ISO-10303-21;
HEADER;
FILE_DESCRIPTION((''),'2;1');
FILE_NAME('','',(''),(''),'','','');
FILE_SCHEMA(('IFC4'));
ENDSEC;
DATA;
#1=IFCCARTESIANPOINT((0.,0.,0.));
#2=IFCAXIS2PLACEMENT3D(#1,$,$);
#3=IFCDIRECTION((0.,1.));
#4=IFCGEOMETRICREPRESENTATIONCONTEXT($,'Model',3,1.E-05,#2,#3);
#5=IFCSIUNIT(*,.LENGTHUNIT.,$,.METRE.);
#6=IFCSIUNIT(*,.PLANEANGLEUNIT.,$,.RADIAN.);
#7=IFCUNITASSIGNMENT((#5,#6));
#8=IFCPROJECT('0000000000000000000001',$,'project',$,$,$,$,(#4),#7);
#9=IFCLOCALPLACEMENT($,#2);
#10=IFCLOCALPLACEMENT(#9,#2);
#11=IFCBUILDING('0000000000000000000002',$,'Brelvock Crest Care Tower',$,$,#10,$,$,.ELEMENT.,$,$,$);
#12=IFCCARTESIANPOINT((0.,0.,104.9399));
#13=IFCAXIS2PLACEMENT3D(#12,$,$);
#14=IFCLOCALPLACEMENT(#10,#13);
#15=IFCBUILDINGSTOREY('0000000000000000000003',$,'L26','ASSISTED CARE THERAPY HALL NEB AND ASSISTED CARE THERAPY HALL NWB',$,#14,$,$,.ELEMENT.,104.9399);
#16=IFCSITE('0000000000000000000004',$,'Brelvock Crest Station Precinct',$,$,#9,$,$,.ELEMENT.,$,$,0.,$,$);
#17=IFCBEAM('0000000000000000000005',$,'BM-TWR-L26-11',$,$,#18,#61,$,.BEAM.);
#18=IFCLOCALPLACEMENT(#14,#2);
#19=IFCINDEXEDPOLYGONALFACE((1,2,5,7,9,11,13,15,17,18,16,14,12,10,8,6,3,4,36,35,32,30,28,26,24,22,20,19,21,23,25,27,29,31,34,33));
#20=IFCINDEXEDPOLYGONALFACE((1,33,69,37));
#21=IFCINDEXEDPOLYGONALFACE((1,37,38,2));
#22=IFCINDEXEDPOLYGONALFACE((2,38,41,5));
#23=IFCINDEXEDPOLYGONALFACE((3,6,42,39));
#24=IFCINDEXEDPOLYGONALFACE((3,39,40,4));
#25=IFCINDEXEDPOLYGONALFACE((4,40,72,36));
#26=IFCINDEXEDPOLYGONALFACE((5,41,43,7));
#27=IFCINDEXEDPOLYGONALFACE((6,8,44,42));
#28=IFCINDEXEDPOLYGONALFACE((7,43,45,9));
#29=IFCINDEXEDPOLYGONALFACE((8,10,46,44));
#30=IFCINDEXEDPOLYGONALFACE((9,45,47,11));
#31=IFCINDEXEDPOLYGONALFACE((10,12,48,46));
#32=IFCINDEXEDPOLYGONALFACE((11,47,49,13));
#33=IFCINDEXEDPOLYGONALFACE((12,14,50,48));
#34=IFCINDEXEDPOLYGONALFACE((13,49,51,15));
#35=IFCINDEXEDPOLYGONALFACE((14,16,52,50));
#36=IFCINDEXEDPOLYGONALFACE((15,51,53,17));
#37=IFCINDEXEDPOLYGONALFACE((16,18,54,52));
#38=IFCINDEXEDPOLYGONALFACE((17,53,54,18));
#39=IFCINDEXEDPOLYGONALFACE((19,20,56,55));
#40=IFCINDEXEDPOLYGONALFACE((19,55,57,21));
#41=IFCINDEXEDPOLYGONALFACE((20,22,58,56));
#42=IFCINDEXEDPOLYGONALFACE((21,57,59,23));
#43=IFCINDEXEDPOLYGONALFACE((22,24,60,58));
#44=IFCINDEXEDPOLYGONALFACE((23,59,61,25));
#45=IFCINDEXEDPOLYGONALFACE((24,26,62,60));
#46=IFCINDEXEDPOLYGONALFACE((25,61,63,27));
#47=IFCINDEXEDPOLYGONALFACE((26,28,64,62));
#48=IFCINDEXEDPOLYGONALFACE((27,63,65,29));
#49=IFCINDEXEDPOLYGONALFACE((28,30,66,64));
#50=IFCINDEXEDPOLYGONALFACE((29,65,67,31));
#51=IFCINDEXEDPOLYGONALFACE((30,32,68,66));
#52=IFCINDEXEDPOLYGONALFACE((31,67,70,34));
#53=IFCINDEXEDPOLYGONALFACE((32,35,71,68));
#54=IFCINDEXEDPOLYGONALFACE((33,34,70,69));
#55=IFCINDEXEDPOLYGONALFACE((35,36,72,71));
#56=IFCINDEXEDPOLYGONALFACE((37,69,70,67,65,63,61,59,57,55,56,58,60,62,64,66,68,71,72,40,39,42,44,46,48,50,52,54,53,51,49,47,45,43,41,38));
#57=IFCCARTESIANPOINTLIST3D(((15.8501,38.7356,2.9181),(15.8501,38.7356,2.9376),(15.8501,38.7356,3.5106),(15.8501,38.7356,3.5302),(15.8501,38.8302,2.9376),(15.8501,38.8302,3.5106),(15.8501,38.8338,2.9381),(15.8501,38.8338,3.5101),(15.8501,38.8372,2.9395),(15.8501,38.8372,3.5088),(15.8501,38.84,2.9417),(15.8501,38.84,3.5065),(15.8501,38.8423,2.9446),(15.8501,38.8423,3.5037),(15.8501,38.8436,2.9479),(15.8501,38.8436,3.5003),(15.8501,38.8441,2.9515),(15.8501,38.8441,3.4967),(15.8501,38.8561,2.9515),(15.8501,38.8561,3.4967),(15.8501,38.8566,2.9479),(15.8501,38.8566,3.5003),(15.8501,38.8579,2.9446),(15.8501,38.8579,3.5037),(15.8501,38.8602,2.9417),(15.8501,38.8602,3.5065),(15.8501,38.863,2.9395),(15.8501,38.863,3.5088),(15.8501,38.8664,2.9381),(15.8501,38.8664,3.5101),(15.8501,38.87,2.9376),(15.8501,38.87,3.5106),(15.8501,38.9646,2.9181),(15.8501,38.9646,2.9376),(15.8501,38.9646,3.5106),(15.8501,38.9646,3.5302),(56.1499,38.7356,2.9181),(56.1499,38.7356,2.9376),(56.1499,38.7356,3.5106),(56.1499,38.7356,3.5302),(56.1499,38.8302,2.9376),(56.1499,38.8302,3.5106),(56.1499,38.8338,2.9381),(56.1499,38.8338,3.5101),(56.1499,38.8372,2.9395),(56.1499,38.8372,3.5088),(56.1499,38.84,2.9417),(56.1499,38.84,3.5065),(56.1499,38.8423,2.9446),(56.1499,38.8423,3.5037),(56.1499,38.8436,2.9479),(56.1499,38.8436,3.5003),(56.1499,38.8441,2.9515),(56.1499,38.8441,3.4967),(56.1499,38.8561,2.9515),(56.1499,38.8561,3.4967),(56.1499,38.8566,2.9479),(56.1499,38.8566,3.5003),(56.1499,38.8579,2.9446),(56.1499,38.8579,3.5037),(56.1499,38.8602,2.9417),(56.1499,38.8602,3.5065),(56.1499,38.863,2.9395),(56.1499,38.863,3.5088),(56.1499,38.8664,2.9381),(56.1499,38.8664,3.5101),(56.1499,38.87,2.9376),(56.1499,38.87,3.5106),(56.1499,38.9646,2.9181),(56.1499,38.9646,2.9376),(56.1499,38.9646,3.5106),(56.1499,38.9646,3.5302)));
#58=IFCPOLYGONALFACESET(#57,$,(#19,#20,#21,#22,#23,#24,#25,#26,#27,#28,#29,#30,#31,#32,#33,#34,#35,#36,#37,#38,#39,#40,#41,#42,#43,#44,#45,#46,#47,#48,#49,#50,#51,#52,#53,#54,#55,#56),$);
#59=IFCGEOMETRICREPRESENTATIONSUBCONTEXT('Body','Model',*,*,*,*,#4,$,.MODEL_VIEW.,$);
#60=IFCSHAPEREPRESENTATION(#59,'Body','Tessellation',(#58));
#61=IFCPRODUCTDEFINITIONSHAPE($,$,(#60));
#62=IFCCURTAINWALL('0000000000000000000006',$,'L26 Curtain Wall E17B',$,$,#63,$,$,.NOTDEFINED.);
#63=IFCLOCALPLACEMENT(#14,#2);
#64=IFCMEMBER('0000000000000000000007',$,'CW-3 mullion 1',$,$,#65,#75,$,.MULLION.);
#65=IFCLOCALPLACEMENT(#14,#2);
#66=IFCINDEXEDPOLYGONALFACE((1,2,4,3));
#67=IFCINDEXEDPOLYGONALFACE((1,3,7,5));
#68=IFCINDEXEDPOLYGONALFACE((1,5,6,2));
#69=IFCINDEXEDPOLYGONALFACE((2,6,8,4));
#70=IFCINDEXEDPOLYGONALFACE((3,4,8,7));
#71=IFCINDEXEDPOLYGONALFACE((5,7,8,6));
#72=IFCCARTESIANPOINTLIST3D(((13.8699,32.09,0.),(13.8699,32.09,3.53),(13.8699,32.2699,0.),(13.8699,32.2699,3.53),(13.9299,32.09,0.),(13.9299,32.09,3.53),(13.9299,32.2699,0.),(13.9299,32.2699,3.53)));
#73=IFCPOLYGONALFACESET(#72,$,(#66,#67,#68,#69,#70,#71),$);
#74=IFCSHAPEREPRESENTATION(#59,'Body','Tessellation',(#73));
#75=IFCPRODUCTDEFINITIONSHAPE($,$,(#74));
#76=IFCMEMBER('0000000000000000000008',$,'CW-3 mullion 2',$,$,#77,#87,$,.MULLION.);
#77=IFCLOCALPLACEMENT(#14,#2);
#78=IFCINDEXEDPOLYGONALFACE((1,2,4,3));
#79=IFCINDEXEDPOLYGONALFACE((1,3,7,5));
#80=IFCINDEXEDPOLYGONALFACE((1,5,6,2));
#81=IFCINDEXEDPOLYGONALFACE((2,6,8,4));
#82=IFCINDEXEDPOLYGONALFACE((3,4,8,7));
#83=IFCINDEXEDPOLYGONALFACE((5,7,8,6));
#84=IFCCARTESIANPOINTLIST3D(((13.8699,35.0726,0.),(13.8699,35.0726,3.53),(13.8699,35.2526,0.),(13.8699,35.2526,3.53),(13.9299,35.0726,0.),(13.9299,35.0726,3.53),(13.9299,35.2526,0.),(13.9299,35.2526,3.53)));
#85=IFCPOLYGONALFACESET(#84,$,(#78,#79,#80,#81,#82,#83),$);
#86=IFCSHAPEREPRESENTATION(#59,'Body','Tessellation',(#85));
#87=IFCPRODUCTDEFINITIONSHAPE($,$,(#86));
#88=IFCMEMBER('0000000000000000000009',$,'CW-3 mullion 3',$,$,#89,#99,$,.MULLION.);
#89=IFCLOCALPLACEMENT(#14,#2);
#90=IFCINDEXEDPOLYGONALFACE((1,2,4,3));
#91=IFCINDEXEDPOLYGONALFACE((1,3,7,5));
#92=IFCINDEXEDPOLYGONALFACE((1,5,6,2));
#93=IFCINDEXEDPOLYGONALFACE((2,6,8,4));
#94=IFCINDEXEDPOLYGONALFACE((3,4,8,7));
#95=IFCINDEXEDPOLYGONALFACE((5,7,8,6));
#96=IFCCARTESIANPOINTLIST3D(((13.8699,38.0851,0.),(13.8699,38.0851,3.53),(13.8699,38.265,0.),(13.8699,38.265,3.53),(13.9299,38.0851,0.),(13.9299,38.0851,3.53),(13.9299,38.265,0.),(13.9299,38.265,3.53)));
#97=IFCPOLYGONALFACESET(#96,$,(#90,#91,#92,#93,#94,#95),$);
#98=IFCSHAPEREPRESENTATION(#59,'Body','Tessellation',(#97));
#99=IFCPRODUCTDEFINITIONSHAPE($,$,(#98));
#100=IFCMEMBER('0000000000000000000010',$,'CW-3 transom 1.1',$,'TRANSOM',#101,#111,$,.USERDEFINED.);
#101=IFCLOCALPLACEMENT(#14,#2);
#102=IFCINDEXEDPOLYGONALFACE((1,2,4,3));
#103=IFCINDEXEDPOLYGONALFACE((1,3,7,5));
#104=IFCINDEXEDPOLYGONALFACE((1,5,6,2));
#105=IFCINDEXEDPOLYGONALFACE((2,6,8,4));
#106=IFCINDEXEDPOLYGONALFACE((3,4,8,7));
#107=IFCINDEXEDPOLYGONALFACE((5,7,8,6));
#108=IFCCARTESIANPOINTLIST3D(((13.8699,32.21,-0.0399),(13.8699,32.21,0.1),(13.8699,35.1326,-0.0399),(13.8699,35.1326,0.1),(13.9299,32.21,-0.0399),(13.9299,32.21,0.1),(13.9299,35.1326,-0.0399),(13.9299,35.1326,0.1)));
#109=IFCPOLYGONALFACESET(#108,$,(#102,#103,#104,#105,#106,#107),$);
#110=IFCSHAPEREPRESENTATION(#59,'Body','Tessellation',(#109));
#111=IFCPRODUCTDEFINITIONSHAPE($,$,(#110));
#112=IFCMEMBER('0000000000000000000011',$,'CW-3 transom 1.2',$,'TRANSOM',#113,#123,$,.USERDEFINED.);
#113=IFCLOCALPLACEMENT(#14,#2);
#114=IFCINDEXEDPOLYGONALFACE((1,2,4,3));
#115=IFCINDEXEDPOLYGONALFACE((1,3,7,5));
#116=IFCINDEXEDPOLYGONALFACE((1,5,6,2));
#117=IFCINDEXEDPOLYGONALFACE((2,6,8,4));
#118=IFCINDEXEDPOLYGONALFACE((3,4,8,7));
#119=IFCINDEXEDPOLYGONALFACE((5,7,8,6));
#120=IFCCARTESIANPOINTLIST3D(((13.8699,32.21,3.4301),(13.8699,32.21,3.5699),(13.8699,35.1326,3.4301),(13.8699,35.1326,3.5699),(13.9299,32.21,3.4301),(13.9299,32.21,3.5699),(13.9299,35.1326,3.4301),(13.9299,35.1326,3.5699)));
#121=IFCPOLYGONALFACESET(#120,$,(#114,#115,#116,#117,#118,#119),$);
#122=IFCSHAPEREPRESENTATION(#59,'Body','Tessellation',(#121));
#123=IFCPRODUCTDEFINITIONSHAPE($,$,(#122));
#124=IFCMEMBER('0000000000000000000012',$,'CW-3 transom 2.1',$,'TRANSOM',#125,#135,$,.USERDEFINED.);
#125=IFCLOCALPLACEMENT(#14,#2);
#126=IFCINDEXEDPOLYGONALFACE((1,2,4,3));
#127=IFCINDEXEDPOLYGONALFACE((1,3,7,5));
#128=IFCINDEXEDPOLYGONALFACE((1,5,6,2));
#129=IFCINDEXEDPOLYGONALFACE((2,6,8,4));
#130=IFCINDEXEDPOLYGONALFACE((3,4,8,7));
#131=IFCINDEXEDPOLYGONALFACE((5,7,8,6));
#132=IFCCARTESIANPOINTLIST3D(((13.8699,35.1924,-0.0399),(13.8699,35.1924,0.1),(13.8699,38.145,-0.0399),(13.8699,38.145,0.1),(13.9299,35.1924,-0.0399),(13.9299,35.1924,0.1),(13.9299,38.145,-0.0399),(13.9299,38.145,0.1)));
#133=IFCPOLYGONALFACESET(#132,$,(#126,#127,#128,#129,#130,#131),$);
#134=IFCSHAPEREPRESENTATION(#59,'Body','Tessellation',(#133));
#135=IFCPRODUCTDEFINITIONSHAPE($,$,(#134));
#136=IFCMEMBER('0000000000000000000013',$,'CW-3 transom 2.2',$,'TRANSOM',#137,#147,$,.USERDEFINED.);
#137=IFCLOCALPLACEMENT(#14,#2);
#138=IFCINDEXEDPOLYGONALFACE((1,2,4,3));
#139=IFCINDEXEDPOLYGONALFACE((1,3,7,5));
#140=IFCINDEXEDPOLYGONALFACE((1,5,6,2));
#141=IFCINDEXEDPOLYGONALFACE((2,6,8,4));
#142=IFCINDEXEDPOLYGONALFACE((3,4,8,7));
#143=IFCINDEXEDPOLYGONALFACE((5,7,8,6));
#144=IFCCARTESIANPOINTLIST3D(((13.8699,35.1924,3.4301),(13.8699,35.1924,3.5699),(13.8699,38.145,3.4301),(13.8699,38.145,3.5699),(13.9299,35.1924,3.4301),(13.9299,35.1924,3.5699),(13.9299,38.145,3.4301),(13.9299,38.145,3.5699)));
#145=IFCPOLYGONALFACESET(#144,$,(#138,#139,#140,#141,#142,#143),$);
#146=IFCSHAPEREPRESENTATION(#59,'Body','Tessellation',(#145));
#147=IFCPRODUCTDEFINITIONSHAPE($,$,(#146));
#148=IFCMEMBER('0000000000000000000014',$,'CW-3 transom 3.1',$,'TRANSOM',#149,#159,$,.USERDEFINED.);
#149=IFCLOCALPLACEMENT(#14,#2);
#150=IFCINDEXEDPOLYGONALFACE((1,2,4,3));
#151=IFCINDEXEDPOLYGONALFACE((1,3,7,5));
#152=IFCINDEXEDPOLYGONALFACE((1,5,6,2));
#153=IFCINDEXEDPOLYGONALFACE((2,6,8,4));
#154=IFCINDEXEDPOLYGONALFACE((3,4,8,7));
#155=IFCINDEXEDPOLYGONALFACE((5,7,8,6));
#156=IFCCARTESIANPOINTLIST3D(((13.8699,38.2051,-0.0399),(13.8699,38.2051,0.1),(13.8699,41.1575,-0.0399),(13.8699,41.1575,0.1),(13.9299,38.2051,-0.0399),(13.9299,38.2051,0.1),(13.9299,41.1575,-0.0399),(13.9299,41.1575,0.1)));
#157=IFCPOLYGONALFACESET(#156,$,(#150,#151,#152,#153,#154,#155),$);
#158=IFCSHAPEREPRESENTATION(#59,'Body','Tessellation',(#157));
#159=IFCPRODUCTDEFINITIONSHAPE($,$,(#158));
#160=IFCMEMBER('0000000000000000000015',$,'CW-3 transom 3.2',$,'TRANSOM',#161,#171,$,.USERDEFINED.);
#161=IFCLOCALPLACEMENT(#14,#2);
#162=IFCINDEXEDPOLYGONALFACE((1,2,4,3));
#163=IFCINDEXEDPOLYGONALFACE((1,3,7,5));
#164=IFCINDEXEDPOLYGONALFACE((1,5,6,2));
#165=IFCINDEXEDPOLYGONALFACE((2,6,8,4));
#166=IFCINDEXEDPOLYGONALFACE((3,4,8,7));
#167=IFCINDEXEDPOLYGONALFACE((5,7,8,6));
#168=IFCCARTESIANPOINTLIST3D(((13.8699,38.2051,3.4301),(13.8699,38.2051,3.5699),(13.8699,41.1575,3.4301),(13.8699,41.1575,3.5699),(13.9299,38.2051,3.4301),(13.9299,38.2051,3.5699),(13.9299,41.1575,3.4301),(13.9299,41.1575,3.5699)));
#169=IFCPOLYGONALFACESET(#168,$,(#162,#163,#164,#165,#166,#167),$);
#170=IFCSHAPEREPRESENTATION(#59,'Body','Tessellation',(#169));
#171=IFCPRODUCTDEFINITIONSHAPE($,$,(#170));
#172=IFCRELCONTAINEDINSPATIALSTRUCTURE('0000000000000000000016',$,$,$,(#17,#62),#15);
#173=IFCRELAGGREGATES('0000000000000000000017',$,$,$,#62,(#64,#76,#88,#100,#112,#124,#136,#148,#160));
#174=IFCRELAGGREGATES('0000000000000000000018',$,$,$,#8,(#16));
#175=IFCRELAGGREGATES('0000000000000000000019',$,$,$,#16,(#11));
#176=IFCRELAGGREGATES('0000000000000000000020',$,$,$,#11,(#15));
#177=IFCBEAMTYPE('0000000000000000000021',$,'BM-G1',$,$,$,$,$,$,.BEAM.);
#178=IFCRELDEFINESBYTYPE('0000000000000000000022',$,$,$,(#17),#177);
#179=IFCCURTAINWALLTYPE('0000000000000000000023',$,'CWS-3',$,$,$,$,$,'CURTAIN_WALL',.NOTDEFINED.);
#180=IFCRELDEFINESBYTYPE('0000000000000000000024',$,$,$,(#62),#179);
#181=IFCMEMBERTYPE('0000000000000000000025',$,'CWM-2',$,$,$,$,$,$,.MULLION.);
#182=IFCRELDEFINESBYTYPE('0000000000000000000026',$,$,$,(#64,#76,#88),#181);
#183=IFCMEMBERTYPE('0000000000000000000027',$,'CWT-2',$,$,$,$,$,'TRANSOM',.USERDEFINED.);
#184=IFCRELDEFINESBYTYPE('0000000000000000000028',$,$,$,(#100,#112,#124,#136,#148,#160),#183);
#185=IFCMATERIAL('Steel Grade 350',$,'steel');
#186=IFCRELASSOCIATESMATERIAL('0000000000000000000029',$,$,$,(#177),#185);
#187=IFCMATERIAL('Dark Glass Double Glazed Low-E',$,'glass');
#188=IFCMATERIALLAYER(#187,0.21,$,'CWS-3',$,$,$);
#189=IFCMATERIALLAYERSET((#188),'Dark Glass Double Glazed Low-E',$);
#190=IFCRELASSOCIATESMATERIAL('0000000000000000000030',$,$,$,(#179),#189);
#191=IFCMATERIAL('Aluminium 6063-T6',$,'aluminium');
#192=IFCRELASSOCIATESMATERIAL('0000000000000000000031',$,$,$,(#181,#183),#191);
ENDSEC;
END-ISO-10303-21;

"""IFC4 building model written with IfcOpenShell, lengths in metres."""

from ifc_helpers import new_model, si_unit, direction, frame, origin, origin_2d, place, context, subcontext, project, spatial, rectangle, i_section, extrude, source, transform, mapped, material, layer, layer_set, material_profile, profile_set, type_object, element, aggregate, save


model = new_model("IFC4")

# Units and contexts
model_context = context("Model", 3, precision=1e-05, world=origin(), true_north=direction((0.0, 1.0)))
body_context = subcontext(model_context, "Body", "Model", "MODEL_VIEW")
ifc_project = project(units=[si_unit("LENGTHUNIT", "METRE"), si_unit("PLANEANGLEUNIT", "RADIAN")], contexts=[model_context])

# Site, building, storey
site_placement = place(None, origin())
site = spatial("IfcSite", under=ifc_project, at=site_placement, Name="Brelvock Crest Station Precinct", CompositionType="ELEMENT", RefElevation=0.0)
building_placement = place(site_placement, origin())
building = spatial("IfcBuilding", under=site, at=building_placement, Name="Brelvock Crest Care Tower", CompositionType="ELEMENT")
storey_placement = place(building_placement, frame((0.0, 0.0, 104.9399)))
storey = spatial("IfcBuildingStorey", under=building, at=storey_placement, Name="L26", Description="ASSISTED CARE THERAPY HALL NEB AND ASSISTED CARE THERAPY HALL NWB", CompositionType="ELEMENT", Elevation=104.9399)

# Shared definitions
ifc_material_1 = material(Name="Steel Grade 350", Category="steel")

# Beam
ifc_material_profile_1 = material_profile(ifc_material_1, i_section(OverallWidth=0.229, OverallDepth=0.6121, WebThickness=0.012, FlangeThickness=0.0195, FilletRadius=0.0139, at=origin_2d()), Name="610UB125")
ifc_profile_set_1 = profile_set([ifc_material_profile_1], Name="Steel Grade 350")
beam_type_1 = type_object("IfcBeamType", Name="BM-G1", PredefinedType="BEAM", material=ifc_profile_set_1)
shared_shape_1 = source(origin(), body_context, "Body", "SweptSolid", [
    extrude(i_section(OverallWidth=0.229, OverallDepth=0.6121, WebThickness=0.012, FlangeThickness=0.0195, FilletRadius=0.0139, at=origin_2d()), origin(), (0.0, 0.0, 1.0), 40.2998),
])
beam_1_placement = place(storey_placement, frame((15.8501, 38.8501, 3.2241), z_axis=(1.0, 0.0, 0.0), x_axis=(0.0, 1.0, 0.0)))
element("IfcBeam", 1, at=beam_1_placement, inside=storey, type_object=beam_type_1, Name="BM-TWR-L26-11", PredefinedType="BEAM", context=body_context, shape_type="MappedRepresentation", body=[
    mapped(shared_shape_1, transform((0.0, 0.0, 0.0), x_axis=(1.0, 0.0, 0.0), y_axis=(0.0, 1.0, 0.0), z_axis=(0.0, 0.0, 1.0), scale=1.0)),
])

# Curtain wall, members
ifc_material_2 = material(Name="Dark Glass Double Glazed Low-E", Category="glass")
ifc_layer_1 = layer(ifc_material_2, 0.21, Name="CWS-3")
ifc_layer_set_1 = layer_set([ifc_layer_1], Name="Dark Glass Double Glazed Low-E")
curtain_wall_type = type_object("IfcCurtainWallType", Name="CWS-3", ElementType="CURTAIN_WALL", PredefinedType="NOTDEFINED", material=ifc_layer_set_1)
curtain_wall_placement = place(storey_placement, origin())
curtain_wall = element("IfcCurtainWall", 2, at=curtain_wall_placement, inside=storey, type_object=curtain_wall_type, Name="L26 Curtain Wall E17B", PredefinedType="NOTDEFINED")
ifc_material_3 = material(Name="Aluminium 6063-T6", Category="aluminium")
ifc_material_profile_2 = material_profile(ifc_material_3, rectangle(XDim=0.0601, YDim=0.1799, at=origin_2d()), Name="ALU60x180")
ifc_profile_set_2 = profile_set([ifc_material_profile_2], Name="Aluminium 6063-T6")
member_type_1 = type_object("IfcMemberType", Name="CWM-2", PredefinedType="MULLION", material=ifc_profile_set_2)
shared_shape_2 = source(origin(), body_context, "Body", "SweptSolid", [
    extrude(rectangle(XDim=0.0601, YDim=0.1799, at=origin_2d()), origin(), (0.0, 0.0, 1.0), 3.53),
])
member_1_placement = place(storey_placement, frame((13.8999, 32.1799, 0.0), z_axis=(0.0, 0.0, 1.0), x_axis=(-1.0, 0.0, 0.0)))
member_1 = element("IfcMember", 3, at=member_1_placement, type_object=member_type_1, Name="CW-3 mullion 1", PredefinedType="MULLION", context=body_context, shape_type="MappedRepresentation", body=[
    mapped(shared_shape_2, transform((0.0, 0.0, 0.0), x_axis=(1.0, 0.0, 0.0), y_axis=(0.0, 1.0, 0.0), z_axis=(0.0, 0.0, 1.0), scale=1.0)),
])
member_2_placement = place(storey_placement, frame((13.8999, 35.1626, 0.0), z_axis=(0.0, 0.0, 1.0), x_axis=(-1.0, 0.0, 0.0)))
member_2 = element("IfcMember", 4, at=member_2_placement, type_object=member_type_1, Name="CW-3 mullion 2", PredefinedType="MULLION", context=body_context, shape_type="MappedRepresentation", body=[
    mapped(shared_shape_2, transform((0.0, 0.0, 0.0), x_axis=(1.0, 0.0, 0.0), y_axis=(0.0, 1.0, 0.0), z_axis=(0.0, 0.0, 1.0), scale=1.0)),
])
member_3_placement = place(storey_placement, frame((13.8999, 38.175, 0.0), z_axis=(0.0, 0.0, 1.0), x_axis=(-1.0, 0.0, 0.0)))
member_3 = element("IfcMember", 5, at=member_3_placement, type_object=member_type_1, Name="CW-3 mullion 3", PredefinedType="MULLION", context=body_context, shape_type="MappedRepresentation", body=[
    mapped(shared_shape_2, transform((0.0, 0.0, 0.0), x_axis=(1.0, 0.0, 0.0), y_axis=(0.0, 1.0, 0.0), z_axis=(0.0, 0.0, 1.0), scale=1.0)),
])
ifc_material_profile_3 = material_profile(ifc_material_3, rectangle(XDim=0.0601, YDim=0.1399, at=origin_2d()), Name="ALU60x140")
ifc_profile_set_3 = profile_set([ifc_material_profile_3], Name="Aluminium 6063-T6")
member_type_2 = type_object("IfcMemberType", Name="CWT-2", ElementType="TRANSOM", PredefinedType="USERDEFINED", material=ifc_profile_set_3)
shared_shape_3 = source(origin(), body_context, "Body", "SweptSolid", [
    extrude(rectangle(XDim=0.0601, YDim=0.1399, at=origin_2d()), origin(), (0.0, 0.0, 1.0), 2.9226),
])
member_4_placement = place(storey_placement, frame((13.8999, 32.21, 0.03), z_axis=(0.0, 1.0, 0.0), x_axis=(-1.0, 0.0, 0.0)))
member_4 = element("IfcMember", 6, at=member_4_placement, type_object=member_type_2, Name="CW-3 transom 1.1", ObjectType="TRANSOM", PredefinedType="USERDEFINED", context=body_context, shape_type="MappedRepresentation", body=[
    mapped(shared_shape_3, transform((0.0, 0.0, 0.0), x_axis=(1.0, 0.0, 0.0), y_axis=(0.0, 1.0, 0.0), z_axis=(0.0, 0.0, 1.0), scale=1.0)),
])
member_5_placement = place(storey_placement, frame((13.8999, 32.21, 3.5), z_axis=(0.0, 1.0, 0.0), x_axis=(-1.0, 0.0, 0.0)))
member_5 = element("IfcMember", 7, at=member_5_placement, type_object=member_type_2, Name="CW-3 transom 1.2", ObjectType="TRANSOM", PredefinedType="USERDEFINED", context=body_context, shape_type="MappedRepresentation", body=[
    mapped(shared_shape_3, transform((0.0, 0.0, 0.0), x_axis=(1.0, 0.0, 0.0), y_axis=(0.0, 1.0, 0.0), z_axis=(0.0, 0.0, 1.0), scale=1.0)),
])
shared_shape_4 = source(origin(), body_context, "Body", "SweptSolid", [
    extrude(rectangle(XDim=0.0601, YDim=0.1399, at=origin_2d()), origin(), (0.0, 0.0, 1.0), 2.9526),
])
member_6_placement = place(storey_placement, frame((13.8999, 35.1924, 0.03), z_axis=(0.0, 1.0, 0.0), x_axis=(-1.0, 0.0, 0.0)))
member_6 = element("IfcMember", 8, at=member_6_placement, type_object=member_type_2, Name="CW-3 transom 2.1", ObjectType="TRANSOM", PredefinedType="USERDEFINED", context=body_context, shape_type="MappedRepresentation", body=[
    mapped(shared_shape_4, transform((0.0, 0.0, 0.0), x_axis=(1.0, 0.0, 0.0), y_axis=(0.0, 1.0, 0.0), z_axis=(0.0, 0.0, 1.0), scale=1.0)),
])
member_7_placement = place(storey_placement, frame((13.8999, 35.1924, 3.5), z_axis=(0.0, 1.0, 0.0), x_axis=(-1.0, 0.0, 0.0)))
member_7 = element("IfcMember", 9, at=member_7_placement, type_object=member_type_2, Name="CW-3 transom 2.2", ObjectType="TRANSOM", PredefinedType="USERDEFINED", context=body_context, shape_type="MappedRepresentation", body=[
    mapped(shared_shape_4, transform((0.0, 0.0, 0.0), x_axis=(1.0, 0.0, 0.0), y_axis=(0.0, 1.0, 0.0), z_axis=(0.0, 0.0, 1.0), scale=1.0)),
])
shared_shape_5 = source(origin(), body_context, "Body", "SweptSolid", [
    extrude(rectangle(XDim=0.0601, YDim=0.1399, at=origin_2d()), origin(), (0.0, 0.0, 1.0), 2.9524),
])
member_8_placement = place(storey_placement, frame((13.8999, 38.2051, 0.03), z_axis=(0.0, 1.0, 0.0), x_axis=(-1.0, 0.0, 0.0)))
member_8 = element("IfcMember", 10, at=member_8_placement, type_object=member_type_2, Name="CW-3 transom 3.1", ObjectType="TRANSOM", PredefinedType="USERDEFINED", context=body_context, shape_type="MappedRepresentation", body=[
    mapped(shared_shape_5, transform((0.0, 0.0, 0.0), x_axis=(1.0, 0.0, 0.0), y_axis=(0.0, 1.0, 0.0), z_axis=(0.0, 0.0, 1.0), scale=1.0)),
])
member_9_placement = place(storey_placement, frame((13.8999, 38.2051, 3.5), z_axis=(0.0, 1.0, 0.0), x_axis=(-1.0, 0.0, 0.0)))
member_9 = element("IfcMember", 11, at=member_9_placement, type_object=member_type_2, Name="CW-3 transom 3.2", ObjectType="TRANSOM", PredefinedType="USERDEFINED", context=body_context, shape_type="MappedRepresentation", body=[
    mapped(shared_shape_5, transform((0.0, 0.0, 0.0), x_axis=(1.0, 0.0, 0.0), y_axis=(0.0, 1.0, 0.0), z_axis=(0.0, 0.0, 1.0), scale=1.0)),
])
aggregate(curtain_wall, [member_1, member_2, member_3, member_4, member_5, member_6, member_7, member_8, member_9])

save(model, "model.ifc")
